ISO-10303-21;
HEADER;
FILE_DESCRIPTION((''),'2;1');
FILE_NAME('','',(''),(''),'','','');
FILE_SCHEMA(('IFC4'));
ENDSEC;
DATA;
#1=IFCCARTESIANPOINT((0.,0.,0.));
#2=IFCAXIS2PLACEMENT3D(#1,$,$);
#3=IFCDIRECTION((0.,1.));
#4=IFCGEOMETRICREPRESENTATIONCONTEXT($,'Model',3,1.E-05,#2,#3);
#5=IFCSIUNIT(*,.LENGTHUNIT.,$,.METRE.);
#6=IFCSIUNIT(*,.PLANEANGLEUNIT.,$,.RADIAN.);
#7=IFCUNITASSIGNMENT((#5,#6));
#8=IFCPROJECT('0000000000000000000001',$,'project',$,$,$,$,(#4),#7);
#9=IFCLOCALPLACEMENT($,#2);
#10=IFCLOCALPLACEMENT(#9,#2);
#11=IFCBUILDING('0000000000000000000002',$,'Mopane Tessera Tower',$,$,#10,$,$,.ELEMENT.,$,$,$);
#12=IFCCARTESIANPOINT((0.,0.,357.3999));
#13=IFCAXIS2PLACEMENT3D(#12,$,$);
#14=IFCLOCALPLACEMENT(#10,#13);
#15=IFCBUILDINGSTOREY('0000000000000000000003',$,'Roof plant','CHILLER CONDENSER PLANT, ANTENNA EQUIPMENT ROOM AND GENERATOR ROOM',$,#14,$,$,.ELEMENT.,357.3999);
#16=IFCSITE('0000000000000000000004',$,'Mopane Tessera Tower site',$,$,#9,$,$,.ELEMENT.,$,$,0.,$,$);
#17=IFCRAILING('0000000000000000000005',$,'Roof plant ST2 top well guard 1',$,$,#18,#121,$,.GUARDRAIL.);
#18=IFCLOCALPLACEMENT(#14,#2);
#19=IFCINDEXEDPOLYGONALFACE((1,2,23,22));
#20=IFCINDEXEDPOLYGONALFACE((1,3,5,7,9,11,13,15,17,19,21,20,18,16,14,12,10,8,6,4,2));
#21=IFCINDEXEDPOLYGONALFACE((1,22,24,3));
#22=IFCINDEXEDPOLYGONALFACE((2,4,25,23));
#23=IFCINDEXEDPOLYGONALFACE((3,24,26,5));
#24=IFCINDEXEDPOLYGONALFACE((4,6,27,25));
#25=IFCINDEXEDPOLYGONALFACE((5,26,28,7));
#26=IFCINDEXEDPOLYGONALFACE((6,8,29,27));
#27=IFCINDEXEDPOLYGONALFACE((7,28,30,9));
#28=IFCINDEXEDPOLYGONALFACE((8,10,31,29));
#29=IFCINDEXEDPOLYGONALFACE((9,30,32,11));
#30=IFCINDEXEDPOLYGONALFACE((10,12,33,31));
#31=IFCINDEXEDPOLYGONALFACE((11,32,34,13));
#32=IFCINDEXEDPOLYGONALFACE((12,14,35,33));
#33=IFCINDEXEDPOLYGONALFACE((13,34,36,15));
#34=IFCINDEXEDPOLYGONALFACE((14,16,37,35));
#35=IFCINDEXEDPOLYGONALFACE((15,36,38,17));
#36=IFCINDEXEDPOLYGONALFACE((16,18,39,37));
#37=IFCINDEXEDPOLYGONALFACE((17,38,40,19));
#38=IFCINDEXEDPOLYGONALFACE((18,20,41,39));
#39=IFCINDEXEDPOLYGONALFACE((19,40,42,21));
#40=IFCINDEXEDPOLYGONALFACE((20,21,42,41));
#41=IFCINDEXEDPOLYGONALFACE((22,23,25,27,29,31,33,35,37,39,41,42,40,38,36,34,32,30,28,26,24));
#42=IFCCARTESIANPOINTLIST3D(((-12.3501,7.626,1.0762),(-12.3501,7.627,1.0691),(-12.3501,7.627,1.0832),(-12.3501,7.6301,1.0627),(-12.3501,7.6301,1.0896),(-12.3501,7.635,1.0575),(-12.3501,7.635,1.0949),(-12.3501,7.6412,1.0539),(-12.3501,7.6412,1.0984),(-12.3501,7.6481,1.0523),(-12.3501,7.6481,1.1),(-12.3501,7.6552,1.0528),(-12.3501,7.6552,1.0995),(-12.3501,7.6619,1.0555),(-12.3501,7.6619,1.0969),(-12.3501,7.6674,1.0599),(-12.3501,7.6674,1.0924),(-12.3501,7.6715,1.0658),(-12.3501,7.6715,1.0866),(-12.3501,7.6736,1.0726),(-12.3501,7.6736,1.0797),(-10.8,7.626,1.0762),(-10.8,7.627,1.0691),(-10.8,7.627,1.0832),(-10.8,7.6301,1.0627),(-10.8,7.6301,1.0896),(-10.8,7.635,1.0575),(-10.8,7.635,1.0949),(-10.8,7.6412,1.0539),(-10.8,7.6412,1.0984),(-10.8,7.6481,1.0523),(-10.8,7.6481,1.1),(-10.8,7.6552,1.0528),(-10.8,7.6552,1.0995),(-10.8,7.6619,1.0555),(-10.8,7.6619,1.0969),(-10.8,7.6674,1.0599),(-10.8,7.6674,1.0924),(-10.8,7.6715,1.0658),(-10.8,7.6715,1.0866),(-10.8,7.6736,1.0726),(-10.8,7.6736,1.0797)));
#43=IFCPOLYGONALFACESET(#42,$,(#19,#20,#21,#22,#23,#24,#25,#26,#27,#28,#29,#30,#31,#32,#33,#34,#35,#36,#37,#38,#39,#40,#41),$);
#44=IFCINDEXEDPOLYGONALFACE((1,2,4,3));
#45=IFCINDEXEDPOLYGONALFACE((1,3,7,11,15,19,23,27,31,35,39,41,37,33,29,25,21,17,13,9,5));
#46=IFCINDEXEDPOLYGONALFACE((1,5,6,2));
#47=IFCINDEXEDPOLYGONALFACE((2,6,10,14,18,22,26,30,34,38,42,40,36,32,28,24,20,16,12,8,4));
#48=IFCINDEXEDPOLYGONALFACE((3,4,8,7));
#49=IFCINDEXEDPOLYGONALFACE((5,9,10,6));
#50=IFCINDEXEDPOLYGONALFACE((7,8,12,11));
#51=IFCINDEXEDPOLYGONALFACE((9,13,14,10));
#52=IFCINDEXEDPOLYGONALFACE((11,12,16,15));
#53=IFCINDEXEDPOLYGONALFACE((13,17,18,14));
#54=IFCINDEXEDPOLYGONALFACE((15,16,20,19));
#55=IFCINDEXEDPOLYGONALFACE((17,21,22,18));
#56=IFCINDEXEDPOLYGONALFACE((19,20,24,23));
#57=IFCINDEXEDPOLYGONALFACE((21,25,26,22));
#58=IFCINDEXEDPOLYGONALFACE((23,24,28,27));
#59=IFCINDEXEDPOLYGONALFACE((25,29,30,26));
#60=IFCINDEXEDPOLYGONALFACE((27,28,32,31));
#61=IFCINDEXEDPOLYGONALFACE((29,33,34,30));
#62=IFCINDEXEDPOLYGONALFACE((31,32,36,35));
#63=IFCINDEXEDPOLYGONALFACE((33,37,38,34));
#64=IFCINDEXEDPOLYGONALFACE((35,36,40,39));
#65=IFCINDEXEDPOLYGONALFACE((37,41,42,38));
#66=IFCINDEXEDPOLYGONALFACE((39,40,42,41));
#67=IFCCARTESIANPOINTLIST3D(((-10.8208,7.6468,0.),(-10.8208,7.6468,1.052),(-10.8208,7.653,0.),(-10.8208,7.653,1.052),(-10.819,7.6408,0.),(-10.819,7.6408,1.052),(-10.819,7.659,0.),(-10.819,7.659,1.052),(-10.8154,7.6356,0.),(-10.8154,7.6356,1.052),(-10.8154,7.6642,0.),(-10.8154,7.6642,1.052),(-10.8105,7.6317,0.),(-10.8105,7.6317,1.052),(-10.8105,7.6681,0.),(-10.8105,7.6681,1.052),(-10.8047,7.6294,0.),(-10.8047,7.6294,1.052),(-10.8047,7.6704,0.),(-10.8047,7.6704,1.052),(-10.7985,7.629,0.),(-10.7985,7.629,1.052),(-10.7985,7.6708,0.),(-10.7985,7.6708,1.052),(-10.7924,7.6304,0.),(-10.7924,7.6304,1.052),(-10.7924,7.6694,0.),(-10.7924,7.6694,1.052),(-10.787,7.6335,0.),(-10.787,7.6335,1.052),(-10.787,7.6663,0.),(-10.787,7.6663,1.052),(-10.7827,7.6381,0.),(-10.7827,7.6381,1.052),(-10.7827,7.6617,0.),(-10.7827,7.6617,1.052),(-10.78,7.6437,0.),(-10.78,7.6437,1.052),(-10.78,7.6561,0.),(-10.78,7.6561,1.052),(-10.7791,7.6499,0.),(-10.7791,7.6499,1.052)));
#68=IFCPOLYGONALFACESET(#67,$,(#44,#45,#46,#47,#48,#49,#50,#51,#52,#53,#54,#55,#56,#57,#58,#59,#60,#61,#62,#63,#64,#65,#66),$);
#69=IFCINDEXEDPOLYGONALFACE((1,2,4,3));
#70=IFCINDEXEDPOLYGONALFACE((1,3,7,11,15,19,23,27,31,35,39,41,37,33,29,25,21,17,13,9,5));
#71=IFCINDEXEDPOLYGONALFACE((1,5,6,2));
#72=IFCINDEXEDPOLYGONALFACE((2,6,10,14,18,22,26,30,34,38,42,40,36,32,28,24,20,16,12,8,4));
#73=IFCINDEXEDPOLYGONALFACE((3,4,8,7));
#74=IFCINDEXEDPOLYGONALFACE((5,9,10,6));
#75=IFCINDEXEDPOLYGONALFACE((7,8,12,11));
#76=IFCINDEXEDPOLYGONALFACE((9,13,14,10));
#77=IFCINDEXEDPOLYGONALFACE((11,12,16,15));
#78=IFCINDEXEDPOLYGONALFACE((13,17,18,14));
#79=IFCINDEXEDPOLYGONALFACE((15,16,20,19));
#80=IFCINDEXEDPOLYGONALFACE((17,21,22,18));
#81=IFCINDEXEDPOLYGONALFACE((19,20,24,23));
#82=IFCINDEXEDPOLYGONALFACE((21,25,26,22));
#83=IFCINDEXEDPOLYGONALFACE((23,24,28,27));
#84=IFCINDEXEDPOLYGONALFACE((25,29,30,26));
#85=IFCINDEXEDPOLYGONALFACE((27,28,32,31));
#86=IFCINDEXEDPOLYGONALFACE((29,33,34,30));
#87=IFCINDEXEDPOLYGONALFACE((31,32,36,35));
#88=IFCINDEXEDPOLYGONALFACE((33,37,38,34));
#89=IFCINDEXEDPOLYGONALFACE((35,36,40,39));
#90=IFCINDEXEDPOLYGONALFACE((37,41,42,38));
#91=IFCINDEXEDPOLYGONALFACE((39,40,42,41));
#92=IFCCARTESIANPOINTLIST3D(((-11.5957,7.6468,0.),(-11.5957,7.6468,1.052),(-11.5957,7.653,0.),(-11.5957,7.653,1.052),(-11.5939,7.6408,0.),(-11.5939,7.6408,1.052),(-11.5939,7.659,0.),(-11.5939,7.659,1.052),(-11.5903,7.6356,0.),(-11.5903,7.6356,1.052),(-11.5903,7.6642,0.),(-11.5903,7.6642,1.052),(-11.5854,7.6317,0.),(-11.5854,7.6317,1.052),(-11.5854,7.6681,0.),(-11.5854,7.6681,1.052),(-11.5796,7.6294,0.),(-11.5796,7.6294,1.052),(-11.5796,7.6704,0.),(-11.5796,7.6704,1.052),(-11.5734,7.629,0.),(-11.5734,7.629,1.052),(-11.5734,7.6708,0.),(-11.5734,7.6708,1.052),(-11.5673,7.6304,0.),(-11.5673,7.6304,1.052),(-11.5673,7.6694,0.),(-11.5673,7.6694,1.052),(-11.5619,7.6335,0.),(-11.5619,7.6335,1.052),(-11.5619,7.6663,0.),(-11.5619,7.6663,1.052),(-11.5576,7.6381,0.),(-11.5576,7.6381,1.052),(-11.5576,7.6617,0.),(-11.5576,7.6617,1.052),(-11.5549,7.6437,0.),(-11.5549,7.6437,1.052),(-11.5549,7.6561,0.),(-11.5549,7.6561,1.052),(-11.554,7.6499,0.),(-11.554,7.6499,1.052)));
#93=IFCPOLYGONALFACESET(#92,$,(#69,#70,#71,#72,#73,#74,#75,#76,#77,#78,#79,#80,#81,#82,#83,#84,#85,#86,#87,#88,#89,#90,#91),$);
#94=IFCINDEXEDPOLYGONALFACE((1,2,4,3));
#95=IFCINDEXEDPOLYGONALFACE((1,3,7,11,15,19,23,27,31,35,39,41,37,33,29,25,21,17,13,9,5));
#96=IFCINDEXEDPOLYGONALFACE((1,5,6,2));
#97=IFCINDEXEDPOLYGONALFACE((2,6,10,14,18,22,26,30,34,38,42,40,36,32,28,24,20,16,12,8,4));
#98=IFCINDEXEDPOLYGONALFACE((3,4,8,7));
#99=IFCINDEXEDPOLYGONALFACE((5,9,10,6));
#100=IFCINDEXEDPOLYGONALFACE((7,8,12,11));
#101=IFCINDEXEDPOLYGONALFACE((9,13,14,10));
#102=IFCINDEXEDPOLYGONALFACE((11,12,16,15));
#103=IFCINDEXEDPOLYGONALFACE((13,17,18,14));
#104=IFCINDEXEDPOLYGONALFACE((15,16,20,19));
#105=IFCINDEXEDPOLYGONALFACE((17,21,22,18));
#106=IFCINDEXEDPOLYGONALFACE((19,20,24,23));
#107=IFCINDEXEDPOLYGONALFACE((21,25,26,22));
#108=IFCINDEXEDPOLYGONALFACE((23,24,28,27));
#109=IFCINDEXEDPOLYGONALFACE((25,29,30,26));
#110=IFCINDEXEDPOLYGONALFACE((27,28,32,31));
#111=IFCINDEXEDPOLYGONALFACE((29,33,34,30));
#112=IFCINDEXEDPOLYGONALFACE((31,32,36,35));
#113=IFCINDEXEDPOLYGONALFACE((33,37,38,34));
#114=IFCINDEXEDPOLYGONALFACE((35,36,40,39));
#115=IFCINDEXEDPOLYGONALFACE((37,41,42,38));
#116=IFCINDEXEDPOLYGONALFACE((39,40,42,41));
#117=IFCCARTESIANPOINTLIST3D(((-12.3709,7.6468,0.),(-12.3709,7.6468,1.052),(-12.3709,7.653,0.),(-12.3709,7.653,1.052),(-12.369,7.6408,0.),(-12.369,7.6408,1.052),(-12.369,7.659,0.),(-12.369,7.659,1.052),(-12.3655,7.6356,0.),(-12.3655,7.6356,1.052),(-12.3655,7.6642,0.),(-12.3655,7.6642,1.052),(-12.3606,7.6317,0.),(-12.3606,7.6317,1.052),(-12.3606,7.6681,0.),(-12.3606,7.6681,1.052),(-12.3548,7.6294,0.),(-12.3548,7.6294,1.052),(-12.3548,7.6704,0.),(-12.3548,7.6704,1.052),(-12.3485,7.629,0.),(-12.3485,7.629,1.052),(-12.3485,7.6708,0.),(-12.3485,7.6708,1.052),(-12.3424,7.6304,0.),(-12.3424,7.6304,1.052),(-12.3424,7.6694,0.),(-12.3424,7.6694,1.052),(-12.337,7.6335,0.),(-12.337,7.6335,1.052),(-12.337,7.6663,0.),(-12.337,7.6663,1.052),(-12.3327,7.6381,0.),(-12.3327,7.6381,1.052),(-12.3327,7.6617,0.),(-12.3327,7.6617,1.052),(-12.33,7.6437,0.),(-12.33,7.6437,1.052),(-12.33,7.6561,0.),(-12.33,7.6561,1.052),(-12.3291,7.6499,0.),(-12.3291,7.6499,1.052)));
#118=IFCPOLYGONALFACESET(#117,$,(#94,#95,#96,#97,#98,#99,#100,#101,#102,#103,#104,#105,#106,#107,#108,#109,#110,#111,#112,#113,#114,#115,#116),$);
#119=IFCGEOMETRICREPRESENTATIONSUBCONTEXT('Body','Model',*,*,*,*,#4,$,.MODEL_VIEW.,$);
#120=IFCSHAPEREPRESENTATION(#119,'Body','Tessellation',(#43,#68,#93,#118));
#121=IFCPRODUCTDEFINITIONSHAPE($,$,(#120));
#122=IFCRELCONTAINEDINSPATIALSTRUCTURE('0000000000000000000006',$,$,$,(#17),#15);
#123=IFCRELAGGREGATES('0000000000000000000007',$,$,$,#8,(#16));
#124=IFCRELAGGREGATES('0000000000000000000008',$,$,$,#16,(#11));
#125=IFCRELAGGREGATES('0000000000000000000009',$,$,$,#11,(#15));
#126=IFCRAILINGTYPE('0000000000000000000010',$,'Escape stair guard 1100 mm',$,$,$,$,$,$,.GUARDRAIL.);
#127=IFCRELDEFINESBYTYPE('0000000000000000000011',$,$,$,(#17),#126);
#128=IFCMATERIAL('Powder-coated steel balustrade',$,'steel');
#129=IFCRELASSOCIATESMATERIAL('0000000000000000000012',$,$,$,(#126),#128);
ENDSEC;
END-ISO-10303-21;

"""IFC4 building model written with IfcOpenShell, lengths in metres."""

from ifc_helpers import new_model, si_unit, direction, frame, origin, origin_2d, place, context, subcontext, project, spatial, circle, extrude, material, type_object, element, save


model = new_model("IFC4")

# Units and contexts
model_context = context("Model", 3, precision=1e-05, world=origin(), true_north=direction((0.0, 1.0)))
body_context = subcontext(model_context, "Body", "Model", "MODEL_VIEW")
ifc_project = project(units=[si_unit("LENGTHUNIT", "METRE"), si_unit("PLANEANGLEUNIT", "RADIAN")], contexts=[model_context])

# Site, building, storey
site_placement = place(None, origin())
site = spatial("IfcSite", under=ifc_project, at=site_placement, Name="Mopane Tessera Tower site", CompositionType="ELEMENT", RefElevation=0.0)
building_placement = place(site_placement, origin())
building = spatial("IfcBuilding", under=site, at=building_placement, Name="Mopane Tessera Tower", CompositionType="ELEMENT")
storey_placement = place(building_placement, frame((0.0, 0.0, 357.3999)))
storey = spatial("IfcBuildingStorey", under=building, at=storey_placement, Name="Roof plant", Description="CHILLER CONDENSER PLANT, ANTENNA EQUIPMENT ROOM AND GENERATOR ROOM", CompositionType="ELEMENT", Elevation=357.3999)

# Railing
ifc_material_1 = material(Name="Powder-coated steel balustrade", Category="steel")
railing_type = type_object("IfcRailingType", Name="Escape stair guard 1100 mm", PredefinedType="GUARDRAIL", material=ifc_material_1)
railing_placement = place(storey_placement, frame((-10.8, 7.6499, 0.0)))
element("IfcRailing", 1, at=railing_placement, inside=storey, type_object=railing_type, Name="Roof plant ST2 top well guard 1", PredefinedType="GUARDRAIL", context=body_context, shape_type="SweptSolid", body=[
    extrude(circle(Radius=0.0239, at=origin_2d()), frame((0.0, 0.0, 1.0762), z_axis=(-1.0, 0.0, 0.0), x_axis=(0.0, -1.0, 0.0)), (0.0, 0.0, 1.0), 1.55),
    extrude(circle(Radius=0.021, at=origin_2d()), origin(), (0.0, 0.0, 1.0), 1.052),
    extrude(circle(Radius=0.021, at=origin_2d()), frame((-0.7749, 0.0, 0.0)), (0.0, 0.0, 1.0), 1.052),
    extrude(circle(Radius=0.021, at=origin_2d()), frame((-1.55, 0.0, 0.0)), (0.0, 0.0, 1.0), 1.052),
])

save(model, "model.ifc")
